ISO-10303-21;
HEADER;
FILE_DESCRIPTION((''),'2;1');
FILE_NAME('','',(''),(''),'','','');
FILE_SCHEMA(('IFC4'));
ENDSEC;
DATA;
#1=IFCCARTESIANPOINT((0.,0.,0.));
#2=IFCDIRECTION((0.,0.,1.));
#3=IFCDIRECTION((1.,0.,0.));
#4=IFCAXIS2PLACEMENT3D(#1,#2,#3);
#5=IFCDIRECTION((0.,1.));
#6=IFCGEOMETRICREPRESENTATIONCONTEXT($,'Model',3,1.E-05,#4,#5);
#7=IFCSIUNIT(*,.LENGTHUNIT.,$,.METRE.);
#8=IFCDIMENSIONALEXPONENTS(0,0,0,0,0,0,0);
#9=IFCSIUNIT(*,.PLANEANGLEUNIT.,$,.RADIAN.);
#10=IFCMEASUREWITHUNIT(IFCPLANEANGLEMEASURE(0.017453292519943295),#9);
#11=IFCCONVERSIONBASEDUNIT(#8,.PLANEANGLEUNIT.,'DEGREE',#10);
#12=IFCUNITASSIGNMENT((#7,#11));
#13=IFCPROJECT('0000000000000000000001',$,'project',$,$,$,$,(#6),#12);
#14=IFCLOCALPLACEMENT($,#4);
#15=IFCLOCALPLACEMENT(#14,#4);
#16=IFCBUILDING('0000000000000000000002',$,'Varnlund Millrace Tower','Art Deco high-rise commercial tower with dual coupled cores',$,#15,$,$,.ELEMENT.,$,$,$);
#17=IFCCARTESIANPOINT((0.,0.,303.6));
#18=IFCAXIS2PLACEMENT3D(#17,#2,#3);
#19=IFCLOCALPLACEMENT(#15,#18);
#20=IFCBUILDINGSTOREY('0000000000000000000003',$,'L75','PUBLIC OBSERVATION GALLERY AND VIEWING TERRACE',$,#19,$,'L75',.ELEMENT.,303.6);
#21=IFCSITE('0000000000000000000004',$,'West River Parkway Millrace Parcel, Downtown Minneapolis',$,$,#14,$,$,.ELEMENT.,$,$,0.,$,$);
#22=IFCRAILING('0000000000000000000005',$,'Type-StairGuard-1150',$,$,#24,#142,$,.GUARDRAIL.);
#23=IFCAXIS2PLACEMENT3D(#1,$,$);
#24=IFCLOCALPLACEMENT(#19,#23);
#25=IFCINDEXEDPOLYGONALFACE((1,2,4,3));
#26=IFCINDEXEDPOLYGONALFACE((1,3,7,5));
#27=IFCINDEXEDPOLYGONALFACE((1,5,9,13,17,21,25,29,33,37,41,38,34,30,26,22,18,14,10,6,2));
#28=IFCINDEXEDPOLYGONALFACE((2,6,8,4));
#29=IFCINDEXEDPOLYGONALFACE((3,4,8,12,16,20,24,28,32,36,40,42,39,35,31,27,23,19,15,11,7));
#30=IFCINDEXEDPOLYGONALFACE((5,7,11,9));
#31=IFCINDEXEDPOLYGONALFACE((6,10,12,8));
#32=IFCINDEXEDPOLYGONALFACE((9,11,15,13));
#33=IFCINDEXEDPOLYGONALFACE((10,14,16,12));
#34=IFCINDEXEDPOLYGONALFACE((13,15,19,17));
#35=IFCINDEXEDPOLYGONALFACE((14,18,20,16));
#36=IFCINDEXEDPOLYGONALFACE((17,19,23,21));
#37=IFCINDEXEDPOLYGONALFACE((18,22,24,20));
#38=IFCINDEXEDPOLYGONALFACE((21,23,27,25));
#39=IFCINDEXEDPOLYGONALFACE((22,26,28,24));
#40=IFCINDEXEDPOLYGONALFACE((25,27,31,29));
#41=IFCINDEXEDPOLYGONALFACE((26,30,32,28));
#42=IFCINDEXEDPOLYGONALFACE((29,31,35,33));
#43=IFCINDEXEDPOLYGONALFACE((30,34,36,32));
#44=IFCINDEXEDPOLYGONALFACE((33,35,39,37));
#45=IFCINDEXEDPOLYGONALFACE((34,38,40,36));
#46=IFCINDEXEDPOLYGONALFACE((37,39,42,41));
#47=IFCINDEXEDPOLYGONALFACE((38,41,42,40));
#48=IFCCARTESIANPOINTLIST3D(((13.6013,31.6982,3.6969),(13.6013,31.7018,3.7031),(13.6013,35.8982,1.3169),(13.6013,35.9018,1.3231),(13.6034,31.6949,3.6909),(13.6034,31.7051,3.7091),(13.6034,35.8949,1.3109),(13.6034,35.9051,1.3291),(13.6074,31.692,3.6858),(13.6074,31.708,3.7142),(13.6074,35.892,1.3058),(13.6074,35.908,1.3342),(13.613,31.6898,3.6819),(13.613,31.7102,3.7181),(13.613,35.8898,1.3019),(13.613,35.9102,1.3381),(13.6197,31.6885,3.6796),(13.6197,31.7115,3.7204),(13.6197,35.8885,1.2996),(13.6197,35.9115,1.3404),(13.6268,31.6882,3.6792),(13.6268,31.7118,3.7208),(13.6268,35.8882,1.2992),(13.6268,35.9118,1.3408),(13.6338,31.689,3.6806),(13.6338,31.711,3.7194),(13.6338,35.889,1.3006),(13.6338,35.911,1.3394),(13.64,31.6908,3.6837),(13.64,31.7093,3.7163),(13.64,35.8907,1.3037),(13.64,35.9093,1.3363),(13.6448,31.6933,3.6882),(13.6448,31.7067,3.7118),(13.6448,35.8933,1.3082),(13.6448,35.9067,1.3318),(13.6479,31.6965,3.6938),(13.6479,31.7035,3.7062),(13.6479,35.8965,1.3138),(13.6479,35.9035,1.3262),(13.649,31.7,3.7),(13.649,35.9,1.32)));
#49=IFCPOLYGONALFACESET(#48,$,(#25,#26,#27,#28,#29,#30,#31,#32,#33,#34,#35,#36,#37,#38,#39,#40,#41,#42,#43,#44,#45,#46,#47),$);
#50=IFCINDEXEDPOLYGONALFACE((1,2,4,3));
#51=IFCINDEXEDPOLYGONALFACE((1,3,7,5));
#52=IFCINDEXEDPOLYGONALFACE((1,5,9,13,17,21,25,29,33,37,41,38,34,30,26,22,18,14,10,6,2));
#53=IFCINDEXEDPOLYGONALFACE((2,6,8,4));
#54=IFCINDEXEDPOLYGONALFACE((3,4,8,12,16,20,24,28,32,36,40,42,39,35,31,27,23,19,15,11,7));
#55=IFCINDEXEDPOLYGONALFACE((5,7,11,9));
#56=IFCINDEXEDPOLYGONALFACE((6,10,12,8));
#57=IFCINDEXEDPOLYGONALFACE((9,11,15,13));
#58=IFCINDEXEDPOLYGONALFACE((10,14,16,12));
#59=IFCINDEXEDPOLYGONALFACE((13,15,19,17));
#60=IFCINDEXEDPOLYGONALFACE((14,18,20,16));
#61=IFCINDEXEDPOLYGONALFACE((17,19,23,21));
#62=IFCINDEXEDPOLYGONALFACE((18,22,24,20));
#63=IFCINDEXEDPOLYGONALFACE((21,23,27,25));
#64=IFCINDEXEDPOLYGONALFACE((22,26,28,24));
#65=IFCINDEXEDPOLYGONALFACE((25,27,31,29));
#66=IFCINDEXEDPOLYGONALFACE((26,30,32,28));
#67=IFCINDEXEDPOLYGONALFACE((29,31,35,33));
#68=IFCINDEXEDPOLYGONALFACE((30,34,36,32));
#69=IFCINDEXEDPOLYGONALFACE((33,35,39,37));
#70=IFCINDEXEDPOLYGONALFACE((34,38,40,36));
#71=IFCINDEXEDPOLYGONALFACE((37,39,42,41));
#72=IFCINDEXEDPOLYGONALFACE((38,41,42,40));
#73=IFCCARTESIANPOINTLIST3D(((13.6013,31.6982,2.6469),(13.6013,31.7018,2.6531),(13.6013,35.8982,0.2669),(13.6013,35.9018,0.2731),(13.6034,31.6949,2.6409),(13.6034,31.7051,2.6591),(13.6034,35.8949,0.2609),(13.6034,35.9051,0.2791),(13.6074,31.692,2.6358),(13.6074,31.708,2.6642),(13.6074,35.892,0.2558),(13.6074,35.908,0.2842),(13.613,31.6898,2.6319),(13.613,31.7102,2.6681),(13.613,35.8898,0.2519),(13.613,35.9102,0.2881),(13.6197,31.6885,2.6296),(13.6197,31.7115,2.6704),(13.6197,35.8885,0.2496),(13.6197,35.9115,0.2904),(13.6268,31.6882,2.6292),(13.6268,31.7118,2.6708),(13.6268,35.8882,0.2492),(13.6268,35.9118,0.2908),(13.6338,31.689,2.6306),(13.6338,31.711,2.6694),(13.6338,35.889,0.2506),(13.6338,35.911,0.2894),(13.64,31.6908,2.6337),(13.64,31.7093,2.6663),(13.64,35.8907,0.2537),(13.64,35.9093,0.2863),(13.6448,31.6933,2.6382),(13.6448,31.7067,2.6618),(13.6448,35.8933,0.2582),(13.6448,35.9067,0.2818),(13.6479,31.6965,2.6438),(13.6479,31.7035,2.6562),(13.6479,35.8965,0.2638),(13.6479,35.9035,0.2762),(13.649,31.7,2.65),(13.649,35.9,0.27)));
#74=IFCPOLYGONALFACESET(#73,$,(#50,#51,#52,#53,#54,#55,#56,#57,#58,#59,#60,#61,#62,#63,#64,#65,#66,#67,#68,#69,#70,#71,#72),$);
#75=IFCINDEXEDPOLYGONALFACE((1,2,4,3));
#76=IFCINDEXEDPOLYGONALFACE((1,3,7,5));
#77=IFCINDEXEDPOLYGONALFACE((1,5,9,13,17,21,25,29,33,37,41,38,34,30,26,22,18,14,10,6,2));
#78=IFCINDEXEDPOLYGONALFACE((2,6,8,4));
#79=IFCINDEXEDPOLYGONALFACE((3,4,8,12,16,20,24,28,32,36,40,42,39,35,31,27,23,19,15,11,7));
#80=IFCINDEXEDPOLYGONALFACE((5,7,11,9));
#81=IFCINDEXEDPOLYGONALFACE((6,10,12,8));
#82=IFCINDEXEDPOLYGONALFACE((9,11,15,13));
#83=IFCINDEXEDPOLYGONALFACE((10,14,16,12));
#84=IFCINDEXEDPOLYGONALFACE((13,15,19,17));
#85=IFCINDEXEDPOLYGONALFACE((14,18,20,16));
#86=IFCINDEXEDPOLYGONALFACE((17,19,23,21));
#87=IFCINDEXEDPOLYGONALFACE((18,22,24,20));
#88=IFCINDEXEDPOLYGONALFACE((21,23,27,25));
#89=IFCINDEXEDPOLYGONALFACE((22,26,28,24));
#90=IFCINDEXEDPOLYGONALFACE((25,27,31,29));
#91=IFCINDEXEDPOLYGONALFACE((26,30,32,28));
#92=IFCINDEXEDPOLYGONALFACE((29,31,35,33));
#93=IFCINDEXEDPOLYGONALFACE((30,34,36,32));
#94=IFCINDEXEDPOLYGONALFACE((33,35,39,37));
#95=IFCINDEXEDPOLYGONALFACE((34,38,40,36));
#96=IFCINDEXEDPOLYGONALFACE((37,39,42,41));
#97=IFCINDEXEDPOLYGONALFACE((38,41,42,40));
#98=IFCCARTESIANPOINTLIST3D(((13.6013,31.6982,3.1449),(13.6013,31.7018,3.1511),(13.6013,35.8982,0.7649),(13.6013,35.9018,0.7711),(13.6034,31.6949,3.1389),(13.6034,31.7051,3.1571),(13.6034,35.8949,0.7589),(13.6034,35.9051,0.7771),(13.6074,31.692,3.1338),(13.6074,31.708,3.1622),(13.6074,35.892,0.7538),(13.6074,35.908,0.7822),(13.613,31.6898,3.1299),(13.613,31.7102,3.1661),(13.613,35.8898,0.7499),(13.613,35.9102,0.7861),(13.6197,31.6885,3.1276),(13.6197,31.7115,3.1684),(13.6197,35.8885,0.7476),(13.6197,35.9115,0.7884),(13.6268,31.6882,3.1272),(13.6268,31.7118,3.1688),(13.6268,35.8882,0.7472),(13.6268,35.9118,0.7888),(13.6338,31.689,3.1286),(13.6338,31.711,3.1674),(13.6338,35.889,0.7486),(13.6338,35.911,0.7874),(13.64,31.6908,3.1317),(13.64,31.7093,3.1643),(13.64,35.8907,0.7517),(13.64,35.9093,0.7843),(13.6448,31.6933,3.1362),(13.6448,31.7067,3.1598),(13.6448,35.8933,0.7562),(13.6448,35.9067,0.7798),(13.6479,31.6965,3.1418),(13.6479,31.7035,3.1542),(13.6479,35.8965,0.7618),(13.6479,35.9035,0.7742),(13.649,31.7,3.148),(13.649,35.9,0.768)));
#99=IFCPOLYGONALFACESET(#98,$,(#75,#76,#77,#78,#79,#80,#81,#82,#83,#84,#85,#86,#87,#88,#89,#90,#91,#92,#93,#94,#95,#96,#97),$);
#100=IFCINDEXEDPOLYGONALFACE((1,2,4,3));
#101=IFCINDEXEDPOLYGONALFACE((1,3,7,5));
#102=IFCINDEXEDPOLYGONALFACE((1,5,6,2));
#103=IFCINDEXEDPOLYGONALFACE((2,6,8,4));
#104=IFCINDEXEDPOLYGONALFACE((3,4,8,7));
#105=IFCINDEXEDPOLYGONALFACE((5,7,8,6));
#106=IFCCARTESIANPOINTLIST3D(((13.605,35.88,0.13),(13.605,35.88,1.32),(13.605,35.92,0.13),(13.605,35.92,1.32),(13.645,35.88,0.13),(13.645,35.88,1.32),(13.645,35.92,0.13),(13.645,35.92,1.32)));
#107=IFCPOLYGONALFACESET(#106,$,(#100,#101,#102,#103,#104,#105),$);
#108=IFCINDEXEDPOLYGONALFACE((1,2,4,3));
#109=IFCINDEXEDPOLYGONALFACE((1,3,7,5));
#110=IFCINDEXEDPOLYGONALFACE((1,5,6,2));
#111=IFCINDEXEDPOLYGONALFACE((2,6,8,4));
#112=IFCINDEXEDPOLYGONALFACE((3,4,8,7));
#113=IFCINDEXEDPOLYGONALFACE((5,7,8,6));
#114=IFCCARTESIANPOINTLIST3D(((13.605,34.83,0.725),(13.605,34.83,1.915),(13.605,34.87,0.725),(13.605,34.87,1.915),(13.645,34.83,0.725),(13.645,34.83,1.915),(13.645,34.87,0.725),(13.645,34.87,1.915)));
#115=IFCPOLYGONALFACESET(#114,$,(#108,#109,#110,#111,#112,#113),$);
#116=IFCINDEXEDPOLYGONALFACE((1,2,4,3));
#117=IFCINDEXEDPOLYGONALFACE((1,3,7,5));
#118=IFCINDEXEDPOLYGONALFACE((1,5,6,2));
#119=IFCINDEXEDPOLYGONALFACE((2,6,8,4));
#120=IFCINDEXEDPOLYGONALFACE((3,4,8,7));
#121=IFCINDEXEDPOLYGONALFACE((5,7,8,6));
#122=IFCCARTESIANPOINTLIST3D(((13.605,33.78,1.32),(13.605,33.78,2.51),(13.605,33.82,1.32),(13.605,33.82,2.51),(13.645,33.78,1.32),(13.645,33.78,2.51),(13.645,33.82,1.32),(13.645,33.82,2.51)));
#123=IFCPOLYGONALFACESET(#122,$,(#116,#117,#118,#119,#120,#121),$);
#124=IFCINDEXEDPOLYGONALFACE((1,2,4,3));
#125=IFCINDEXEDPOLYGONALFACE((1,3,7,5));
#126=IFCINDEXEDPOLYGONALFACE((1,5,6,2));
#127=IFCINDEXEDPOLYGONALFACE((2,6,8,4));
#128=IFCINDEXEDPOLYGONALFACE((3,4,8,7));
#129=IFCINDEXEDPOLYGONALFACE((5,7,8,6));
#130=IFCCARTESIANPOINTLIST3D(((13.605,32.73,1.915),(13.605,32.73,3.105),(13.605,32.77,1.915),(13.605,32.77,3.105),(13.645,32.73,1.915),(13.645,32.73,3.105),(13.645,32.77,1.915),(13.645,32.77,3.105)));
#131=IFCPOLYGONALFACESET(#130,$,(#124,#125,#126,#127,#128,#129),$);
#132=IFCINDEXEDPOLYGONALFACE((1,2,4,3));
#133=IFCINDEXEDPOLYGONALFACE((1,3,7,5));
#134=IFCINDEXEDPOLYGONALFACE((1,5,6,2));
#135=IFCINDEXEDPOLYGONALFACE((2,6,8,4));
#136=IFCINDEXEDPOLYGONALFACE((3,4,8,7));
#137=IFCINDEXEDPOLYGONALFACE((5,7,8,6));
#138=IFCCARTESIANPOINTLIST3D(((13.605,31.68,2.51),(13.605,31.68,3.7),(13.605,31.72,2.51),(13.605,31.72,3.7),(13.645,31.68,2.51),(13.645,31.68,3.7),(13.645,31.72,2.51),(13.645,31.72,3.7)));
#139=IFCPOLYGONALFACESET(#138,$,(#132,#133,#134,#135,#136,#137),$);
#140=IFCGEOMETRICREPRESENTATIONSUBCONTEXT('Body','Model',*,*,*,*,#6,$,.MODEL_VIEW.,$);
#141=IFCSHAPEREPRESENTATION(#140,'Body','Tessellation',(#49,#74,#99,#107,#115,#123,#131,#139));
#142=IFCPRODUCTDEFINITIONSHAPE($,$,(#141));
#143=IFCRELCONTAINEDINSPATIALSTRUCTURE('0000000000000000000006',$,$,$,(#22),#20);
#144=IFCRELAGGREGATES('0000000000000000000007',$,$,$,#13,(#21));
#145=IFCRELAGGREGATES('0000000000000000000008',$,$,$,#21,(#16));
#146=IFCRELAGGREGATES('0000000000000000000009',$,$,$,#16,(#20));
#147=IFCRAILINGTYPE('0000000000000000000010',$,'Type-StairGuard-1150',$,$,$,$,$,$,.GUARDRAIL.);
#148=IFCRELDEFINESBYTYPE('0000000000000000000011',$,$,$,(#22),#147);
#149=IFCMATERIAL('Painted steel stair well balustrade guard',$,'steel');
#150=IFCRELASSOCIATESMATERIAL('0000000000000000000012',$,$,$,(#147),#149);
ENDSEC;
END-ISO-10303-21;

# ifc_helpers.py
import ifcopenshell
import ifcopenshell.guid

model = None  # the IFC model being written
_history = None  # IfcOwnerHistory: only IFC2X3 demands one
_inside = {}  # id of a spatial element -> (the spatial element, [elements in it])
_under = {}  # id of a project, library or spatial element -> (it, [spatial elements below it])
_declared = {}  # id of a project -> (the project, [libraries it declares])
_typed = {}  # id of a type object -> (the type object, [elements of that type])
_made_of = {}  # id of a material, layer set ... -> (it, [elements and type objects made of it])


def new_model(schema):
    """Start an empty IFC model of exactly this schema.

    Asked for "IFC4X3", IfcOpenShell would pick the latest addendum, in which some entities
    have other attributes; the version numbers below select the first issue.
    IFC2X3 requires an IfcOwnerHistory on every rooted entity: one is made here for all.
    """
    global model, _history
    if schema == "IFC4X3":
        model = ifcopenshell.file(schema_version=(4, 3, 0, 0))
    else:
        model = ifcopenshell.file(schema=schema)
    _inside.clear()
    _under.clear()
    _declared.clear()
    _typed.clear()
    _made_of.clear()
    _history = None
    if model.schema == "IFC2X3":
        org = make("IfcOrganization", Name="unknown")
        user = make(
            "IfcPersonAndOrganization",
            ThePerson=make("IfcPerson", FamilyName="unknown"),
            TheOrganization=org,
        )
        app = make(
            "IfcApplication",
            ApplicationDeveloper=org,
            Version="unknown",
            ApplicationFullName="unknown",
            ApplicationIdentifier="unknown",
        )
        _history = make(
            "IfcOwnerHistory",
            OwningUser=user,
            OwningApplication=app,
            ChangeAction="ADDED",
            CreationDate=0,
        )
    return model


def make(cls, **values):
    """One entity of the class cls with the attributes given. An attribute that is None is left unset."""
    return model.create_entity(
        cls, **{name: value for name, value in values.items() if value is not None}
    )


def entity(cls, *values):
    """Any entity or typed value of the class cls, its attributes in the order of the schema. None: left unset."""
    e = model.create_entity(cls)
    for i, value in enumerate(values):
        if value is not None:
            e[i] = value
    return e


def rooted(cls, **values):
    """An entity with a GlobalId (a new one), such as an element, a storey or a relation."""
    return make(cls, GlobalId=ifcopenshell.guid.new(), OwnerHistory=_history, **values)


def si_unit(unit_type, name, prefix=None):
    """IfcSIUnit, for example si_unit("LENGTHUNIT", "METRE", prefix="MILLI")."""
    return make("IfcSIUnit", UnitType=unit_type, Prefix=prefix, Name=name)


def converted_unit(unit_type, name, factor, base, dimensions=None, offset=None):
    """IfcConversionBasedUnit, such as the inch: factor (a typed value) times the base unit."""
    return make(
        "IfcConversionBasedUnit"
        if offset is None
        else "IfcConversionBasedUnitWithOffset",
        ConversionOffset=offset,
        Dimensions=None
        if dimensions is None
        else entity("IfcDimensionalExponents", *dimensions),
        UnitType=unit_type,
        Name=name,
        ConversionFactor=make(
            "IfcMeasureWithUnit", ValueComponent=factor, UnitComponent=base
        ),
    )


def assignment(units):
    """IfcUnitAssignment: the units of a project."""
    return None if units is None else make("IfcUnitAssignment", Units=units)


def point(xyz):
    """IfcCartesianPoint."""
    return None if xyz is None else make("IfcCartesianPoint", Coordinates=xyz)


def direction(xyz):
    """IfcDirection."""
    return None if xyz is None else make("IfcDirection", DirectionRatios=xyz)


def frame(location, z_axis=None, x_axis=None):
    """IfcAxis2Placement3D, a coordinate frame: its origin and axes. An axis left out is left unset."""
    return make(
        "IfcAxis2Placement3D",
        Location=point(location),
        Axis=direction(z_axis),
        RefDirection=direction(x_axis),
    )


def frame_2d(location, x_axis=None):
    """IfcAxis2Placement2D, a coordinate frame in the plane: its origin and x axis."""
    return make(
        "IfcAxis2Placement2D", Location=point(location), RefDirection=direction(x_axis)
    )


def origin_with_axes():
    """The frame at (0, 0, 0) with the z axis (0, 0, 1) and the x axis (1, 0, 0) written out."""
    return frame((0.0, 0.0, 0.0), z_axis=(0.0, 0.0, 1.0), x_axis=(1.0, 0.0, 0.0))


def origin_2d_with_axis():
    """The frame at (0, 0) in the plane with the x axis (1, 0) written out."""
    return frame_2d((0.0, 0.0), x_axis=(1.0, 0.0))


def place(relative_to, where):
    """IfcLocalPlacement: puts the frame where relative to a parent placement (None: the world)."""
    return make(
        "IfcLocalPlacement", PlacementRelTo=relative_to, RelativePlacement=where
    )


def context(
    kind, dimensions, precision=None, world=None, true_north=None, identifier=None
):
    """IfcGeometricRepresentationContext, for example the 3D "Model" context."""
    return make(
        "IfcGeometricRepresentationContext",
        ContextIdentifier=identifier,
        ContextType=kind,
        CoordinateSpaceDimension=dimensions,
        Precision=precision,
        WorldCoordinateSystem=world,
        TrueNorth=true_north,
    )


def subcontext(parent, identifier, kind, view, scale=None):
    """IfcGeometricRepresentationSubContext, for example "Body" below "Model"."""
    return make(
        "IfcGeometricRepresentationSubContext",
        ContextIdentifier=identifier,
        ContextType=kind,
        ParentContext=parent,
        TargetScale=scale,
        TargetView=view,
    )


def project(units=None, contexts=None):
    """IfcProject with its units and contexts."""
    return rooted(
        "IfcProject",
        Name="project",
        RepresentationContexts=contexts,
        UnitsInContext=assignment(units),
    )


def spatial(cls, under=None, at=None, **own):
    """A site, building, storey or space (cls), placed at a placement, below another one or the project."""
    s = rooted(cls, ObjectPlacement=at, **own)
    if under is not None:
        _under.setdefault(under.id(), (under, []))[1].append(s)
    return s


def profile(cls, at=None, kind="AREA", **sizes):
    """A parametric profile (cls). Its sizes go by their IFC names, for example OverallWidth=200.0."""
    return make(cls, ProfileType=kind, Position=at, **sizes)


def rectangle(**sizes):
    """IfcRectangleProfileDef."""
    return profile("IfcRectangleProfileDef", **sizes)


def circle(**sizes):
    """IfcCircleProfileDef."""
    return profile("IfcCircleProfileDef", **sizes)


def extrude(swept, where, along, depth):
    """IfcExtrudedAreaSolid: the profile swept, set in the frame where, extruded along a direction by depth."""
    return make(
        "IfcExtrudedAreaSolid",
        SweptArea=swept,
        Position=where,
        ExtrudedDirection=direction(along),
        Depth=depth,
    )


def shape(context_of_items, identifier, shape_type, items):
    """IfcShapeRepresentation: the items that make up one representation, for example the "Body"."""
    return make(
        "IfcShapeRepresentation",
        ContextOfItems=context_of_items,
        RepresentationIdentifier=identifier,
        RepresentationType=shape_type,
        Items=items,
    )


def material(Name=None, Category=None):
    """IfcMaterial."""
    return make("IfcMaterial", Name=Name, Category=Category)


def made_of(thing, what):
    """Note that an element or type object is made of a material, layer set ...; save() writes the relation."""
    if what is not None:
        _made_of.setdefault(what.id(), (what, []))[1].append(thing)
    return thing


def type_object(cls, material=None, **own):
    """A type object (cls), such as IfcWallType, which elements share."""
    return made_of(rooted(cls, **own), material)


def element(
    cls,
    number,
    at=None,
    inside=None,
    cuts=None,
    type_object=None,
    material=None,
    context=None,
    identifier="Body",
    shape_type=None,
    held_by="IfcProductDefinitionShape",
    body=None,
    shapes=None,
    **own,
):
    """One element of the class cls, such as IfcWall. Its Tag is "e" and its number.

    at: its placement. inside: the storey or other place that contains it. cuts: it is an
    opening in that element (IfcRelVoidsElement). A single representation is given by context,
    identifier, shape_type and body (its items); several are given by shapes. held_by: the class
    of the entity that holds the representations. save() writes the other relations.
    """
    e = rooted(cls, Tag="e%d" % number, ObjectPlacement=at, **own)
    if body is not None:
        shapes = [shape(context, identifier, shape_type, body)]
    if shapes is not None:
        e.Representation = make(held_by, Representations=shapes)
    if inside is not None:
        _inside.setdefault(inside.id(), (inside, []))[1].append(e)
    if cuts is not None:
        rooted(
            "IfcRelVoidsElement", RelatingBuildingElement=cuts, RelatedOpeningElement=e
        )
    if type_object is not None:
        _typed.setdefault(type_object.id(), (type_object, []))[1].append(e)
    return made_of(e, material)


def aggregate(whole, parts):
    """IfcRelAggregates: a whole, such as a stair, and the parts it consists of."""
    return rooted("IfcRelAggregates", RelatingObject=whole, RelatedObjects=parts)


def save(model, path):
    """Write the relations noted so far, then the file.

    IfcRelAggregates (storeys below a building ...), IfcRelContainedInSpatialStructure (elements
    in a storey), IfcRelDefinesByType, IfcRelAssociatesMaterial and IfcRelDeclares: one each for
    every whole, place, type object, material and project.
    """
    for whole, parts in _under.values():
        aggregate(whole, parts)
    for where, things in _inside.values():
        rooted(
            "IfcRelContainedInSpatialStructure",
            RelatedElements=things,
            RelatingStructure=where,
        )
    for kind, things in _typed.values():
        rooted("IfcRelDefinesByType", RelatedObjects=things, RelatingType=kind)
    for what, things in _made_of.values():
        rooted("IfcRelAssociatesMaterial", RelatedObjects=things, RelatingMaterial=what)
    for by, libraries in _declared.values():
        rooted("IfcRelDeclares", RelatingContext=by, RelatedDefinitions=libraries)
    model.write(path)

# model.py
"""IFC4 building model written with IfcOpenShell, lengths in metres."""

from ifc_helpers import new_model, entity, si_unit, converted_unit, direction, frame, origin_with_axes, origin_2d_with_axis, place, context, subcontext, project, spatial, rectangle, circle, extrude, material, type_object, element, save


model = new_model("IFC4")

# Units and contexts
model_context = context("Model", 3, precision=1e-05, world=origin_with_axes(), true_north=direction((0.0, 1.0)))
body_context = subcontext(model_context, "Body", "Model", "MODEL_VIEW")
ifc_project = project(units=[si_unit("LENGTHUNIT", "METRE"), converted_unit("PLANEANGLEUNIT", "DEGREE", entity("IfcPlaneAngleMeasure", 0.017453292519943295), si_unit("PLANEANGLEUNIT", "RADIAN"), dimensions=[0, 0, 0, 0, 0, 0, 0])], contexts=[model_context])

# Site, building, storey
site_placement = place(None, origin_with_axes())
site = spatial("IfcSite", under=ifc_project, at=site_placement, Name="West River Parkway Millrace Parcel, Downtown Minneapolis", CompositionType="ELEMENT", RefElevation=0.0)
building_placement = place(site_placement, origin_with_axes())
building = spatial("IfcBuilding", under=site, at=building_placement, Name="Varnlund Millrace Tower", Description="Art Deco high-rise commercial tower with dual coupled cores", CompositionType="ELEMENT")
storey_placement = place(building_placement, frame((0.0, 0.0, 303.6), z_axis=(0.0, 0.0, 1.0), x_axis=(1.0, 0.0, 0.0)))
storey = spatial("IfcBuildingStorey", under=building, at=storey_placement, Name="L75", Description="PUBLIC OBSERVATION GALLERY AND VIEWING TERRACE", LongName="L75", CompositionType="ELEMENT", Elevation=303.6)

# Railing
ifc_material_1 = material(Name="Painted steel stair well balustrade guard", Category="steel")
railing_type_1 = type_object("IfcRailingType", Name="Type-StairGuard-1150", PredefinedType="GUARDRAIL", material=ifc_material_1)
railing_1_placement = place(storey_placement, frame((0.0, 0.0, -303.6), z_axis=(0.0, 0.0, 1.0), x_axis=(1.0, 0.0, 0.0)))
element("IfcRailing", 1, at=railing_1_placement, inside=storey, type_object=railing_type_1, Name="Type-StairGuard-1150", PredefinedType="GUARDRAIL", context=body_context, shape_type="SweptSolid", body=[
    extrude(circle(Radius=0.024, at=origin_2d_with_axis()), frame((13.625, 35.9, 304.92), z_axis=(0.0, -0.870022, 0.493013), x_axis=(1.0, 0.0, 0.0)), (0.0, 0.0, 1.0), 4.8275),
    extrude(circle(Radius=0.024, at=origin_2d_with_axis()), frame((13.625, 35.9, 303.87), z_axis=(0.0, -0.870022, 0.493013), x_axis=(1.0, 0.0, 0.0)), (0.0, 0.0, 1.0), 4.8275),
    extrude(circle(Radius=0.024, at=origin_2d_with_axis()), frame((13.625, 35.9, 304.368), z_axis=(0.0, -0.870022, 0.493013), x_axis=(1.0, 0.0, 0.0)), (0.0, 0.0, 1.0), 4.8275),
    extrude(rectangle(XDim=0.04, YDim=0.04, at=origin_2d_with_axis()), frame((13.625, 35.9, 303.73), z_axis=(0.0, 0.0, 1.0), x_axis=(1.0, 0.0, 0.0)), (0.0, 0.0, 1.0), 1.19),
    extrude(rectangle(XDim=0.04, YDim=0.04, at=origin_2d_with_axis()), frame((13.625, 34.85, 304.325), z_axis=(0.0, 0.0, 1.0), x_axis=(1.0, 0.0, 0.0)), (0.0, 0.0, 1.0), 1.19),
    extrude(rectangle(XDim=0.04, YDim=0.04, at=origin_2d_with_axis()), frame((13.625, 33.8, 304.92), z_axis=(0.0, 0.0, 1.0), x_axis=(1.0, 0.0, 0.0)), (0.0, 0.0, 1.0), 1.19),
    extrude(rectangle(XDim=0.04, YDim=0.04, at=origin_2d_with_axis()), frame((13.625, 32.75, 305.515), z_axis=(0.0, 0.0, 1.0), x_axis=(1.0, 0.0, 0.0)), (0.0, 0.0, 1.0), 1.19),
    extrude(rectangle(XDim=0.04, YDim=0.04, at=origin_2d_with_axis()), frame((13.625, 31.7, 306.11), z_axis=(0.0, 0.0, 1.0), x_axis=(1.0, 0.0, 0.0)), (0.0, 0.0, 1.0), 1.19),
])

save(model, "model.ifc")
